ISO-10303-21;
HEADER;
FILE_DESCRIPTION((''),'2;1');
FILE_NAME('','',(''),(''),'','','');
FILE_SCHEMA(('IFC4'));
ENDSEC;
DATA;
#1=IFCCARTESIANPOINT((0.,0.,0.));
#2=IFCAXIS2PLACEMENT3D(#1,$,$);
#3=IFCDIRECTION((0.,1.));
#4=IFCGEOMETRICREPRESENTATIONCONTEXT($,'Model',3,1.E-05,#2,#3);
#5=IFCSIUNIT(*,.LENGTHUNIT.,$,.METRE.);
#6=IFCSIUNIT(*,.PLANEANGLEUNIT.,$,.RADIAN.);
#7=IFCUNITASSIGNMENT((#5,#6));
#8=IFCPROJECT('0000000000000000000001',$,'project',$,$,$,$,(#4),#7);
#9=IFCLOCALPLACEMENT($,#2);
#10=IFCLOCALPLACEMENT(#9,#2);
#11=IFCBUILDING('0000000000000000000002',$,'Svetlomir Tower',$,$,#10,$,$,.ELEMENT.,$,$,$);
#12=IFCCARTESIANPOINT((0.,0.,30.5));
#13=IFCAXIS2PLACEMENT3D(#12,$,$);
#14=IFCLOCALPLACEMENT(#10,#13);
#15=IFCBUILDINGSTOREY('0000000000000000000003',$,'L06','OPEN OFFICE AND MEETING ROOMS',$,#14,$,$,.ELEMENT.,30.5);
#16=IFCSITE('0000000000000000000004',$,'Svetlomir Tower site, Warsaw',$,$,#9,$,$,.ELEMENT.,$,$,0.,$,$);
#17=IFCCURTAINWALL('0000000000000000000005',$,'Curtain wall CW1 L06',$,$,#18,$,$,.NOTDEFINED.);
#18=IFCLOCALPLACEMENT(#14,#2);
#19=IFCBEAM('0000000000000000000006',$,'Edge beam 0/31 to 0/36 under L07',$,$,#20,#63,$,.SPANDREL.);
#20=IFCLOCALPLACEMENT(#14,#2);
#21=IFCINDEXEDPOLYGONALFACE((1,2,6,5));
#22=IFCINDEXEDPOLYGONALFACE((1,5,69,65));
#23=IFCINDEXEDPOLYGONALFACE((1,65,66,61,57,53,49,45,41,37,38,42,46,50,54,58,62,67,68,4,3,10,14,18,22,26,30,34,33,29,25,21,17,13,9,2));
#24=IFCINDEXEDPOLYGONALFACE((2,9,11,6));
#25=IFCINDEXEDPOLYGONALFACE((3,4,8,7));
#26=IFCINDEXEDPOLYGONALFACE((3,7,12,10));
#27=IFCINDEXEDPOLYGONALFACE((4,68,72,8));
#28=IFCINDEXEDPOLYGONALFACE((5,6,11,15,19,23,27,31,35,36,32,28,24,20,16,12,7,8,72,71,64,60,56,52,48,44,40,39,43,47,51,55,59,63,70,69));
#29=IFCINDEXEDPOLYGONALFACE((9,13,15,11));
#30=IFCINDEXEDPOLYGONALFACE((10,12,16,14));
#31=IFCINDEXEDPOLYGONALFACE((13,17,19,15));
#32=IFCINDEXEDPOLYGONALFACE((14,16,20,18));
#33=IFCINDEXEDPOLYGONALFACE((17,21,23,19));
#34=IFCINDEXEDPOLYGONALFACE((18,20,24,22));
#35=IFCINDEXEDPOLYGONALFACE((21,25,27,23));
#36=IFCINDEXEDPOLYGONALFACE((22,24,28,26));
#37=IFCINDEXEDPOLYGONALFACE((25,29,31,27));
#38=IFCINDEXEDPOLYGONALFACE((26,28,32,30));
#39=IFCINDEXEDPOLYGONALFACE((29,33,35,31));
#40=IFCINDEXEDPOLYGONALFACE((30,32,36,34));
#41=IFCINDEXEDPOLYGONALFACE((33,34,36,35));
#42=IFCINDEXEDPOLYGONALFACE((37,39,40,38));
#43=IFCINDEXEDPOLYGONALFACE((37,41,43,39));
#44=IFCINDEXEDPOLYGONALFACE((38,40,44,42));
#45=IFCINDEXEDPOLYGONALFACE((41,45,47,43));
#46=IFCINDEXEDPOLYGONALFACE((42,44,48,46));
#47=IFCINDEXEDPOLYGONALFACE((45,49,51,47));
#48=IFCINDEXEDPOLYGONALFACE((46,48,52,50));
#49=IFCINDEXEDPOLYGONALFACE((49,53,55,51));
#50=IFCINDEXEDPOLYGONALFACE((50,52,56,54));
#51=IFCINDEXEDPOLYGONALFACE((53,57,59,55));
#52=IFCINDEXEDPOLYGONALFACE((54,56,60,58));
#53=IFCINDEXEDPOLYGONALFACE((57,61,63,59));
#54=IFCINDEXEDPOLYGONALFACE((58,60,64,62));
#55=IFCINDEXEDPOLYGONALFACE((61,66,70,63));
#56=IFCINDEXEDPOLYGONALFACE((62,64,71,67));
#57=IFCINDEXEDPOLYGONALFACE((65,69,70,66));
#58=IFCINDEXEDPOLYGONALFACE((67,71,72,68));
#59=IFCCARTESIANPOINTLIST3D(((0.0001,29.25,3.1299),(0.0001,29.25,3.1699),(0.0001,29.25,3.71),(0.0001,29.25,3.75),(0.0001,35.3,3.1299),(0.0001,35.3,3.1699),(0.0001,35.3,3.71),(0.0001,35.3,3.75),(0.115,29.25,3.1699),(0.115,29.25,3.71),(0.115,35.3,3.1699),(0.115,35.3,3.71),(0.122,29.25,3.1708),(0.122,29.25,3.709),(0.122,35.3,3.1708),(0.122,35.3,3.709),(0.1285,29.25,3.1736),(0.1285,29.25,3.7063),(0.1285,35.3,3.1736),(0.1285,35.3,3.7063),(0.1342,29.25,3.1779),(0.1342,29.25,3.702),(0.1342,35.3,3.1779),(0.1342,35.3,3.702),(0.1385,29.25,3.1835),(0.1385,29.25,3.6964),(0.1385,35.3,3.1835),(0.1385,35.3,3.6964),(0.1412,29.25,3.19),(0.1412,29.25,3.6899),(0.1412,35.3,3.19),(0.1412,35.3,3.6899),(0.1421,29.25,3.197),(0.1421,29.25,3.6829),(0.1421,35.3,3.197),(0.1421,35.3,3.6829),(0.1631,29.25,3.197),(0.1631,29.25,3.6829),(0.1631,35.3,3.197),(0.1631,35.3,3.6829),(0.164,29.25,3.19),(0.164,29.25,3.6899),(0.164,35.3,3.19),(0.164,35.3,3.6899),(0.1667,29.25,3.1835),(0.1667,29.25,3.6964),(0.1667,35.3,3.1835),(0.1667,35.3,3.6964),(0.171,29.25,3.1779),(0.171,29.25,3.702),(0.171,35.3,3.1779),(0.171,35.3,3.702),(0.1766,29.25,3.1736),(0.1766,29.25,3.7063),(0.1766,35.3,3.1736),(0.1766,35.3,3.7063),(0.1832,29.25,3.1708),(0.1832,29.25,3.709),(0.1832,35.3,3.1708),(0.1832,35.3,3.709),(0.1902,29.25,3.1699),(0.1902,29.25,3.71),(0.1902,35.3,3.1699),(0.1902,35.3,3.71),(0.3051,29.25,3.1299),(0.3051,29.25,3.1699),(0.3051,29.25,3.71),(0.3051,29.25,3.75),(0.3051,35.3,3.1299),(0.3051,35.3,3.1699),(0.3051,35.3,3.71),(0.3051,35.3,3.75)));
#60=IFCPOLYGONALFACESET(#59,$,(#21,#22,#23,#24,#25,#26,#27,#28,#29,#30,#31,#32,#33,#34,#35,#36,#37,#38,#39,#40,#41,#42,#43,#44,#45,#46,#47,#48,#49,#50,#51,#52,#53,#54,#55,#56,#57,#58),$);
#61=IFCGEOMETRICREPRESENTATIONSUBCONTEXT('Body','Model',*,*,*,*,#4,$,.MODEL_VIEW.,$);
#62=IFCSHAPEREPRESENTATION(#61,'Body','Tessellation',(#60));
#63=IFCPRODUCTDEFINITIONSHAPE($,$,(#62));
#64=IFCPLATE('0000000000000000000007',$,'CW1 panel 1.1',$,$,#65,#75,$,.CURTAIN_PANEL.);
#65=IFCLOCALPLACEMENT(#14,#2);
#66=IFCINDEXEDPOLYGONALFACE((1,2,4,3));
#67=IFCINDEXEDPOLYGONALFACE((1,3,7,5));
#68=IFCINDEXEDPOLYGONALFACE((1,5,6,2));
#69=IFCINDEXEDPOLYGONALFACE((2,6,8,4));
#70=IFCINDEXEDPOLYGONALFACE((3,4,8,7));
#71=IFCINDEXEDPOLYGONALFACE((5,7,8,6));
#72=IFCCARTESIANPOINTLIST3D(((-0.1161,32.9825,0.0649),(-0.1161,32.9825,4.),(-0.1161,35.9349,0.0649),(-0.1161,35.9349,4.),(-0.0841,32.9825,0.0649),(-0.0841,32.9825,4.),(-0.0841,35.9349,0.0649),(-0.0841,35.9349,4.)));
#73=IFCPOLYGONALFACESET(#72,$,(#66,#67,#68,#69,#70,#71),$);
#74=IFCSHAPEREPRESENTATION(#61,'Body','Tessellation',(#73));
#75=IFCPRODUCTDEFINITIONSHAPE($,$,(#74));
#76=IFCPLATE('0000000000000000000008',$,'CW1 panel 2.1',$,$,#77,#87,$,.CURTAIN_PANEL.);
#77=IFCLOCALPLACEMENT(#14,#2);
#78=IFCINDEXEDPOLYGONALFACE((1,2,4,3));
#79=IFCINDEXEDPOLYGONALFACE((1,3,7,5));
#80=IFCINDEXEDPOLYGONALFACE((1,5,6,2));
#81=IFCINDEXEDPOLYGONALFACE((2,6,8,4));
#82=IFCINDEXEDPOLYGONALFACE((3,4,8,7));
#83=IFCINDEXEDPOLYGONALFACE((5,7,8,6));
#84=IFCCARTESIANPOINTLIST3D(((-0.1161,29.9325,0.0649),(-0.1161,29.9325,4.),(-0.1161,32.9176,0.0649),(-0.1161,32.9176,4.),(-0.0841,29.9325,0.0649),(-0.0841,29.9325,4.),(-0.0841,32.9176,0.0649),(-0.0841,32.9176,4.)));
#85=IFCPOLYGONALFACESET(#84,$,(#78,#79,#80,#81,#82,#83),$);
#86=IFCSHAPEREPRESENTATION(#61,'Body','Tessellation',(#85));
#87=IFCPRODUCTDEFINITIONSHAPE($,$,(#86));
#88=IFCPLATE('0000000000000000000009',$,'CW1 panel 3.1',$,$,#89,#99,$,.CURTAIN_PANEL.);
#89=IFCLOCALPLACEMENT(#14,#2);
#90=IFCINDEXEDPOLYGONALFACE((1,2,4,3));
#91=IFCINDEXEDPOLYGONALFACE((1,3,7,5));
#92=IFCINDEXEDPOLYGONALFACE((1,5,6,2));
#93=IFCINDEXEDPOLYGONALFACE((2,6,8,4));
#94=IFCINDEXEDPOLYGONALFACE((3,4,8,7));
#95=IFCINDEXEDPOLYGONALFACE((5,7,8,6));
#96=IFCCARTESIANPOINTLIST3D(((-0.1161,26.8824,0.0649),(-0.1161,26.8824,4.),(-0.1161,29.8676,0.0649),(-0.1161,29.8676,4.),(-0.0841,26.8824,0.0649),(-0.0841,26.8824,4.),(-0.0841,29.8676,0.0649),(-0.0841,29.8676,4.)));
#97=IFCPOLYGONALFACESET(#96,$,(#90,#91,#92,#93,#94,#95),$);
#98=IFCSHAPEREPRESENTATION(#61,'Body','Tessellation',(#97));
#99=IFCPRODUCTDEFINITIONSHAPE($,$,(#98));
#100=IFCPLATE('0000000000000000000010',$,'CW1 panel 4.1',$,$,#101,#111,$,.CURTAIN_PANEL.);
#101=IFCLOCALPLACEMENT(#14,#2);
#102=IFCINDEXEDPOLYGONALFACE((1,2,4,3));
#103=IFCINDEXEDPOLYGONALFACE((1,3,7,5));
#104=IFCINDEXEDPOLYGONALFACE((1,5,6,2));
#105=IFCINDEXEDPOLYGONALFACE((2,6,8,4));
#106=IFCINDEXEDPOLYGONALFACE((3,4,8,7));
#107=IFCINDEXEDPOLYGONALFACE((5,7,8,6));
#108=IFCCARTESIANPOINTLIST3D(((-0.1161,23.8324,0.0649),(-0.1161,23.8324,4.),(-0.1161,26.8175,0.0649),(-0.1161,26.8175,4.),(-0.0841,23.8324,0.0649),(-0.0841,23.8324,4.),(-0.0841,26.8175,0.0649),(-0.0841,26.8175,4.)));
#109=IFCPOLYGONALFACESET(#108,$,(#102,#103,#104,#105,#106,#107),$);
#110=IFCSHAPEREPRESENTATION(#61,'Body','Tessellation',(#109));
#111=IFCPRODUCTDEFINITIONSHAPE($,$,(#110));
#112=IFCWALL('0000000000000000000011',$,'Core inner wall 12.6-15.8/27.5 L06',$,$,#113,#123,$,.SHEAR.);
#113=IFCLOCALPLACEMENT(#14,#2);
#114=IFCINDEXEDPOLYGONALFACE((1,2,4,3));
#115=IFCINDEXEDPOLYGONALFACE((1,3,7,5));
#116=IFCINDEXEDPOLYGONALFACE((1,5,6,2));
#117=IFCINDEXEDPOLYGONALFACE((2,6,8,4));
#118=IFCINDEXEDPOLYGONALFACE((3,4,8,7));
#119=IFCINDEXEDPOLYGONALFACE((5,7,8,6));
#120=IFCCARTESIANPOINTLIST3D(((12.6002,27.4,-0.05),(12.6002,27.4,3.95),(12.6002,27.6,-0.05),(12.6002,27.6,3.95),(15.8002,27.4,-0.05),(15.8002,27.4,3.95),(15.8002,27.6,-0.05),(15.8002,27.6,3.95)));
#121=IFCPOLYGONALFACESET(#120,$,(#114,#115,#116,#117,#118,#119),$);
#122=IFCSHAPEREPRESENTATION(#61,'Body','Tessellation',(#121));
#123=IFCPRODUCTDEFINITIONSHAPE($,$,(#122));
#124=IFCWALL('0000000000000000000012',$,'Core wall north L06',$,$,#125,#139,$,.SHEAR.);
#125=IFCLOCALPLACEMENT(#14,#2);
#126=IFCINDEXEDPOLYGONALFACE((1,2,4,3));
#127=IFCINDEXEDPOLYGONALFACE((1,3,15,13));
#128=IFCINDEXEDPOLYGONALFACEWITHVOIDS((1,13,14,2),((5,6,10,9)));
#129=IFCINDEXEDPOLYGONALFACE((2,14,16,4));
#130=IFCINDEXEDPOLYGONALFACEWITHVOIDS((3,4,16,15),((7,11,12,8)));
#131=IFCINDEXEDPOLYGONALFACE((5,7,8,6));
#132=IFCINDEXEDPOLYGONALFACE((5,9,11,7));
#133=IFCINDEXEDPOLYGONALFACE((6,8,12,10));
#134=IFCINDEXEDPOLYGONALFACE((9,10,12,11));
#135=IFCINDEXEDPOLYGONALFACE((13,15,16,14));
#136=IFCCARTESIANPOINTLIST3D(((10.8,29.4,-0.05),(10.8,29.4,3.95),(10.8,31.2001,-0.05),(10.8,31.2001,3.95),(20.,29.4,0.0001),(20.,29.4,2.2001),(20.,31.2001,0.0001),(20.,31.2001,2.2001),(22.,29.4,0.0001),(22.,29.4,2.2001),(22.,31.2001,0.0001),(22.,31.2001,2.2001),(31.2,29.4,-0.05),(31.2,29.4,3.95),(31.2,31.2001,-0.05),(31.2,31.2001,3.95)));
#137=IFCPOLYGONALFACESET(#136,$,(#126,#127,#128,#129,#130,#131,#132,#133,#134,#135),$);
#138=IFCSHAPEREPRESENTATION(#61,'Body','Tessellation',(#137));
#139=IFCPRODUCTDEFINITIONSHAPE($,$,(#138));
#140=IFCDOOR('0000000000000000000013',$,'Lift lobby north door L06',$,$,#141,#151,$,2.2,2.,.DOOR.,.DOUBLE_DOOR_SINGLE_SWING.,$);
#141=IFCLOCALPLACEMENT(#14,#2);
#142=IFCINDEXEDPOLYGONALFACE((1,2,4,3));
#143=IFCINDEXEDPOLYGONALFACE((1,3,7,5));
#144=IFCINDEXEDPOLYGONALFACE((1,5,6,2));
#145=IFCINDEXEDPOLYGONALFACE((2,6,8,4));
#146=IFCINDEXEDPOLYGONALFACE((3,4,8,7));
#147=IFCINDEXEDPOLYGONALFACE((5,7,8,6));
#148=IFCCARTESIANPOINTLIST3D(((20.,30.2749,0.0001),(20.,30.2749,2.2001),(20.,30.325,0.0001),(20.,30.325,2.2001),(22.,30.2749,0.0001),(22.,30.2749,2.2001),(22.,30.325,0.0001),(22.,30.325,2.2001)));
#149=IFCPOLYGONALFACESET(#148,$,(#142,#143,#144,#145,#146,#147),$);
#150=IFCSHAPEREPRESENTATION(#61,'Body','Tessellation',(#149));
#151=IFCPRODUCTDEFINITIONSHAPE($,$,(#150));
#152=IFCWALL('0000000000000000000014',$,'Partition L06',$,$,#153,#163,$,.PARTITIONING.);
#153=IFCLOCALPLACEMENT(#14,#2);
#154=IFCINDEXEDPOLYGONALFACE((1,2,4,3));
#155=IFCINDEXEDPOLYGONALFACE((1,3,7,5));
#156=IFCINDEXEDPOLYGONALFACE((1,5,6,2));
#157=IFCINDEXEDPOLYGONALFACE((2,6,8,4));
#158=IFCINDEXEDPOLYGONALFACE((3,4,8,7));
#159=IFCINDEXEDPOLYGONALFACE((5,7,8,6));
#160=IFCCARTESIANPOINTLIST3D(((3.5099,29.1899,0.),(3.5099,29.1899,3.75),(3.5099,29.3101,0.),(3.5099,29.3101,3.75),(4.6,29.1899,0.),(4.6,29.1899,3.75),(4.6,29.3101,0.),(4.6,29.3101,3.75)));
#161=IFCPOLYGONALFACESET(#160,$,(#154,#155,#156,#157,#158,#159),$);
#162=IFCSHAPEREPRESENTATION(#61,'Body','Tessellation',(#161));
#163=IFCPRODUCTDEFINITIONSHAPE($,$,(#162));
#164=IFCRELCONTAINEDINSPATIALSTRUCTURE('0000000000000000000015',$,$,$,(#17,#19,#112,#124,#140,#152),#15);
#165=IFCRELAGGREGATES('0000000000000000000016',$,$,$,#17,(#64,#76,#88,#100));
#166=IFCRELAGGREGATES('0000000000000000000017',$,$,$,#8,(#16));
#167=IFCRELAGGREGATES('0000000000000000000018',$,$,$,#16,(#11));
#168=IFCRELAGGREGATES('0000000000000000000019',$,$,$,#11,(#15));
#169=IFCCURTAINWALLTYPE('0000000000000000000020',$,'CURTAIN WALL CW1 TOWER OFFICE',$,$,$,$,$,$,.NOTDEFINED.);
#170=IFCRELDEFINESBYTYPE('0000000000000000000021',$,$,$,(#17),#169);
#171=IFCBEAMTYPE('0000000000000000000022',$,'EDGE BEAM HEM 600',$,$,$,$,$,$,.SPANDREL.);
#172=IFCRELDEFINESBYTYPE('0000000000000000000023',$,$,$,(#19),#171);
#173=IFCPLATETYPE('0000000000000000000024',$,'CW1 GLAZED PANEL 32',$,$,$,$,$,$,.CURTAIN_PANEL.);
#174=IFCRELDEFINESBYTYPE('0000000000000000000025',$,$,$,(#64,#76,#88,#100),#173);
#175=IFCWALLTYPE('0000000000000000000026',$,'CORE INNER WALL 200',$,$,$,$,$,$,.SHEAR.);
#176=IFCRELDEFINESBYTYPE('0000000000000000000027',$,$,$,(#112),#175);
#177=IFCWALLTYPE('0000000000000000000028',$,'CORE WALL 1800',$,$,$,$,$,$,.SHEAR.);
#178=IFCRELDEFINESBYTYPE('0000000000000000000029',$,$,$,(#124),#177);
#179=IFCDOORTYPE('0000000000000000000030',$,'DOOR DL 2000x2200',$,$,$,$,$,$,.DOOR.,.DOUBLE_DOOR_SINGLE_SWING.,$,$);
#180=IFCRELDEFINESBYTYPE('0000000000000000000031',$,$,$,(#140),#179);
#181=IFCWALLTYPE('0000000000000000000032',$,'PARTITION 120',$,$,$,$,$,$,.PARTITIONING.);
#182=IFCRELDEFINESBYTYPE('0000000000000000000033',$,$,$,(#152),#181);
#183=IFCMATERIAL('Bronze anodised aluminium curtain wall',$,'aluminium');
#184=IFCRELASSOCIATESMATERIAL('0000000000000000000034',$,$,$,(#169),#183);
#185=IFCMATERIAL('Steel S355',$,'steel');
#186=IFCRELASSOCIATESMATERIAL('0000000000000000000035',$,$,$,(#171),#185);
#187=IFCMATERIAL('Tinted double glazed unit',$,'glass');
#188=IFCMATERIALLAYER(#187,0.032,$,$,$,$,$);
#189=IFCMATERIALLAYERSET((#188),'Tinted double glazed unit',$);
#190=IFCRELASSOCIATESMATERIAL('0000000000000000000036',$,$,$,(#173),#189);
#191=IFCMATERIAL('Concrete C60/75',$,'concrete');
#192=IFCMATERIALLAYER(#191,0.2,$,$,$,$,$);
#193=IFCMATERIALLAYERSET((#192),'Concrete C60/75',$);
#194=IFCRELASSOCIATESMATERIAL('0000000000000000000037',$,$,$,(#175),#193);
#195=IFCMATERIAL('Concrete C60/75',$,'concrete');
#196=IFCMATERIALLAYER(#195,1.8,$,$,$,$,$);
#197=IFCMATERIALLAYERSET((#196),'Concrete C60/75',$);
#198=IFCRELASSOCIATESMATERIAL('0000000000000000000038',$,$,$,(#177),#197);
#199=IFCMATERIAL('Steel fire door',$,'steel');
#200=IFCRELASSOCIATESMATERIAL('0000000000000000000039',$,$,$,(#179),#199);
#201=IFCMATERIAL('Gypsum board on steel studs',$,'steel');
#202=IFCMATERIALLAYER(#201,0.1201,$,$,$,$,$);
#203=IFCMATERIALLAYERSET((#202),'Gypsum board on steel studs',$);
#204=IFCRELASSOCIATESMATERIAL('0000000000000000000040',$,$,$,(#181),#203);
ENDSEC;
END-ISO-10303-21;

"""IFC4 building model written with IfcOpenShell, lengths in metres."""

from ifc_helpers import new_model, si_unit, direction, frame, frame_2d, origin, origin_2d, place, context, subcontext, project, spatial, rectangle, i_section, extrude, material, layer, layer_set, material_profile, profile_set, type_object, element, fill, aggregate, save


model = new_model("IFC4")

# Units and contexts
model_context = context("Model", 3, precision=1e-05, world=origin(), true_north=direction((0.0, 1.0)))
body_context = subcontext(model_context, "Body", "Model", "MODEL_VIEW")
ifc_project = project(units=[si_unit("LENGTHUNIT", "METRE"), si_unit("PLANEANGLEUNIT", "RADIAN")], contexts=[model_context])

# Site, building, storey
site_placement = place(None, origin())
site = spatial("IfcSite", under=ifc_project, at=site_placement, Name="Svetlomir Tower site, Warsaw", CompositionType="ELEMENT", RefElevation=0.0)
building_placement = place(site_placement, origin())
building = spatial("IfcBuilding", under=site, at=building_placement, Name="Svetlomir Tower", CompositionType="ELEMENT")
storey_placement = place(building_placement, frame((0.0, 0.0, 30.5)))
storey = spatial("IfcBuildingStorey", under=building, at=storey_placement, Name="L06", Description="OPEN OFFICE AND MEETING ROOMS", CompositionType="ELEMENT", Elevation=30.5)

# Curtain wall
ifc_material_1 = material(Name="Bronze anodised aluminium curtain wall", Category="aluminium")
curtain_wall_type = type_object("IfcCurtainWallType", Name="CURTAIN WALL CW1 TOWER OFFICE", PredefinedType="NOTDEFINED", material=ifc_material_1)
curtain_wall_placement = place(storey_placement, origin())
curtain_wall = element("IfcCurtainWall", 1, at=curtain_wall_placement, inside=storey, type_object=curtain_wall_type, Name="Curtain wall CW1 L06", PredefinedType="NOTDEFINED")

# Beam
ifc_material_2 = material(Name="Steel S355", Category="steel")
ifc_material_profile_1 = material_profile(ifc_material_2, i_section(OverallWidth=0.3049, OverallDepth=0.6201, WebThickness=0.021, FlangeThickness=0.04, FilletRadius=0.0271, at=origin_2d()), Name="HEM 600")
ifc_profile_set_1 = profile_set([ifc_material_profile_1], Name="Steel S355")
beam_type = type_object("IfcBeamType", Name="EDGE BEAM HEM 600", PredefinedType="SPANDREL", material=ifc_profile_set_1)
beam_1_placement = place(storey_placement, frame((0.1526, 29.25, 3.4399), z_axis=(0.0, 1.0, 0.0), x_axis=(-1.0, 0.0, 0.0)))
element("IfcBeam", 2, at=beam_1_placement, inside=storey, type_object=beam_type, Name="Edge beam 0/31 to 0/36 under L07", PredefinedType="SPANDREL", context=body_context, shape_type="SweptSolid", body=[
    extrude(i_section(OverallWidth=0.3049, OverallDepth=0.6201, WebThickness=0.021, FlangeThickness=0.04, FilletRadius=0.0271, at=origin_2d()), origin(), (0.0, 0.0, 1.0), 6.05),
])

# Plates
ifc_material_3 = material(Name="Tinted double glazed unit", Category="glass")
ifc_layer_1 = layer(ifc_material_3, 0.032)
ifc_layer_set_1 = layer_set([ifc_layer_1], Name="Tinted double glazed unit")
plate_type = type_object("IfcPlateType", Name="CW1 GLAZED PANEL 32", PredefinedType="CURTAIN_PANEL", material=ifc_layer_set_1)
plate_1_placement = place(storey_placement, frame((-0.1001, 34.4587, 0.0649), z_axis=(0.0, 0.0, 1.0), x_axis=(0.0, -1.0, 0.0)))
plate_1 = element("IfcPlate", 3, at=plate_1_placement, type_object=plate_type, Name="CW1 panel 1.1", PredefinedType="CURTAIN_PANEL", context=body_context, shape_type="SweptSolid", body=[
    extrude(rectangle(XDim=2.9524, YDim=0.032, at=origin_2d()), origin(), (0.0, 0.0, 1.0), 3.9351),
])
plate_2_placement = place(storey_placement, frame((-0.1001, 31.425, 0.0649), z_axis=(0.0, 0.0, 1.0), x_axis=(0.0, -1.0, 0.0)))
plate_2 = element("IfcPlate", 4, at=plate_2_placement, type_object=plate_type, Name="CW1 panel 2.1", PredefinedType="CURTAIN_PANEL", context=body_context, shape_type="SweptSolid", body=[
    extrude(rectangle(XDim=2.9851, YDim=0.032, at=origin_2d()), origin(), (0.0, 0.0, 1.0), 3.9351),
])
plate_3_placement = place(storey_placement, frame((-0.1001, 28.375, 0.0649), z_axis=(0.0, 0.0, 1.0), x_axis=(0.0, -1.0, 0.0)))
plate_3 = element("IfcPlate", 5, at=plate_3_placement, type_object=plate_type, Name="CW1 panel 3.1", PredefinedType="CURTAIN_PANEL", context=body_context, shape_type="SweptSolid", body=[
    extrude(rectangle(XDim=2.9851, YDim=0.032, at=origin_2d()), origin(), (0.0, 0.0, 1.0), 3.9351),
])
plate_4_placement = place(storey_placement, frame((-0.1001, 25.325, 0.0649), z_axis=(0.0, 0.0, 1.0), x_axis=(0.0, -1.0, 0.0)))
plate_4 = element("IfcPlate", 6, at=plate_4_placement, type_object=plate_type, Name="CW1 panel 4.1", PredefinedType="CURTAIN_PANEL", context=body_context, shape_type="SweptSolid", body=[
    extrude(rectangle(XDim=2.9851, YDim=0.032, at=origin_2d()), origin(), (0.0, 0.0, 1.0), 3.9351),
])
aggregate(curtain_wall, [plate_1, plate_2, plate_3, plate_4])

# Wall
ifc_material_4 = material(Name="Concrete C60/75", Category="concrete")
ifc_layer_2 = layer(ifc_material_4, 0.2)
ifc_layer_set_2 = layer_set([ifc_layer_2], Name="Concrete C60/75")
wall_type_1 = type_object("IfcWallType", Name="CORE INNER WALL 200", PredefinedType="SHEAR", material=ifc_layer_set_2)
wall_1_placement = place(storey_placement, frame((12.6001, 27.5, -0.05), z_axis=(0.0, 0.0, 1.0), x_axis=(1.0, 0.0, 0.0)))
element("IfcWall", 7, at=wall_1_placement, inside=storey, type_object=wall_type_1, Name="Core inner wall 12.6-15.8/27.5 L06", PredefinedType="SHEAR", context=body_context, shape_type="SweptSolid", body=[
    extrude(rectangle(XDim=3.2, YDim=0.2, at=frame_2d((1.6001, 0.0))), origin(), (0.0, 0.0, 1.0), 4.0),
])

# Wall, opening, door
ifc_material_5 = material(Name="Concrete C60/75", Category="concrete")
ifc_layer_3 = layer(ifc_material_5, 1.8)
ifc_layer_set_3 = layer_set([ifc_layer_3], Name="Concrete C60/75")
wall_type_2 = type_object("IfcWallType", Name="CORE WALL 1800", PredefinedType="SHEAR", material=ifc_layer_set_3)
wall_2_placement = place(storey_placement, frame((10.8, 30.3, -0.05), z_axis=(0.0, 0.0, 1.0), x_axis=(1.0, 0.0, 0.0)))
wall_2 = element("IfcWall", 8, at=wall_2_placement, inside=storey, type_object=wall_type_2, Name="Core wall north L06", PredefinedType="SHEAR", context=body_context, shape_type="SweptSolid", body=[
    extrude(rectangle(XDim=20.3999, YDim=1.8, at=frame_2d((10.2, 0.0))), origin(), (0.0, 0.0, 1.0), 4.0),
])
opening_1_placement = place(wall_2_placement, frame((9.2, 0.0, 0.05)))
opening_1 = element("IfcOpeningElement", 9, at=opening_1_placement, cuts=wall_2, PredefinedType="OPENING", context=body_context, shape_type="SweptSolid", body=[
    extrude(rectangle(XDim=2.0, YDim=2.2, at=frame_2d((1.0, 1.1001))), frame((0.0, 0.9102, 0.0), z_axis=(0.0, -1.0, 0.0), x_axis=(1.0, 0.0, 0.0)), (0.0, 0.0, 1.0), 1.8201),
])
ifc_material_6 = material(Name="Steel fire door", Category="steel")
door_type_1 = type_object("IfcDoorType", Name="DOOR DL 2000x2200", OperationType="DOUBLE_DOOR_SINGLE_SWING", PredefinedType="DOOR", material=ifc_material_6)
door_1_placement = place(opening_1_placement, origin())
door_1 = element("IfcDoor", 10, at=door_1_placement, inside=storey, type_object=door_type_1, Name="Lift lobby north door L06", OperationType="DOUBLE_DOOR_SINGLE_SWING", OverallHeight=2.2, OverallWidth=2.0, PredefinedType="DOOR", context=body_context, shape_type="SweptSolid", body=[
    extrude(rectangle(XDim=2.0, YDim=2.2, at=frame_2d((1.0, 1.1001))), frame((0.0, 0.0249, 0.0), z_axis=(0.0, -1.0, 0.0), x_axis=(1.0, 0.0, 0.0)), (0.0, 0.0, 1.0), 0.05),
])
fill(opening_1, door_1)

# Wall
ifc_material_7 = material(Name="Gypsum board on steel studs", Category="steel")
ifc_layer_4 = layer(ifc_material_7, 0.1201)
ifc_layer_set_4 = layer_set([ifc_layer_4], Name="Gypsum board on steel studs")
wall_type_3 = type_object("IfcWallType", Name="PARTITION 120", PredefinedType="PARTITIONING", material=ifc_layer_set_4)
wall_3_placement = place(storey_placement, frame((3.51, 29.25, 0.0), z_axis=(0.0, 0.0, 1.0), x_axis=(1.0, 0.0, 0.0)))
element("IfcWall", 11, at=wall_3_placement, inside=storey, type_object=wall_type_3, Name="Partition L06", PredefinedType="PARTITIONING", context=body_context, shape_type="SweptSolid", body=[
    extrude(rectangle(XDim=1.0901, YDim=0.1201, at=frame_2d((0.5449, 0.0))), origin(), (0.0, 0.0, 1.0), 3.75),
])

save(model, "model.ifc")
